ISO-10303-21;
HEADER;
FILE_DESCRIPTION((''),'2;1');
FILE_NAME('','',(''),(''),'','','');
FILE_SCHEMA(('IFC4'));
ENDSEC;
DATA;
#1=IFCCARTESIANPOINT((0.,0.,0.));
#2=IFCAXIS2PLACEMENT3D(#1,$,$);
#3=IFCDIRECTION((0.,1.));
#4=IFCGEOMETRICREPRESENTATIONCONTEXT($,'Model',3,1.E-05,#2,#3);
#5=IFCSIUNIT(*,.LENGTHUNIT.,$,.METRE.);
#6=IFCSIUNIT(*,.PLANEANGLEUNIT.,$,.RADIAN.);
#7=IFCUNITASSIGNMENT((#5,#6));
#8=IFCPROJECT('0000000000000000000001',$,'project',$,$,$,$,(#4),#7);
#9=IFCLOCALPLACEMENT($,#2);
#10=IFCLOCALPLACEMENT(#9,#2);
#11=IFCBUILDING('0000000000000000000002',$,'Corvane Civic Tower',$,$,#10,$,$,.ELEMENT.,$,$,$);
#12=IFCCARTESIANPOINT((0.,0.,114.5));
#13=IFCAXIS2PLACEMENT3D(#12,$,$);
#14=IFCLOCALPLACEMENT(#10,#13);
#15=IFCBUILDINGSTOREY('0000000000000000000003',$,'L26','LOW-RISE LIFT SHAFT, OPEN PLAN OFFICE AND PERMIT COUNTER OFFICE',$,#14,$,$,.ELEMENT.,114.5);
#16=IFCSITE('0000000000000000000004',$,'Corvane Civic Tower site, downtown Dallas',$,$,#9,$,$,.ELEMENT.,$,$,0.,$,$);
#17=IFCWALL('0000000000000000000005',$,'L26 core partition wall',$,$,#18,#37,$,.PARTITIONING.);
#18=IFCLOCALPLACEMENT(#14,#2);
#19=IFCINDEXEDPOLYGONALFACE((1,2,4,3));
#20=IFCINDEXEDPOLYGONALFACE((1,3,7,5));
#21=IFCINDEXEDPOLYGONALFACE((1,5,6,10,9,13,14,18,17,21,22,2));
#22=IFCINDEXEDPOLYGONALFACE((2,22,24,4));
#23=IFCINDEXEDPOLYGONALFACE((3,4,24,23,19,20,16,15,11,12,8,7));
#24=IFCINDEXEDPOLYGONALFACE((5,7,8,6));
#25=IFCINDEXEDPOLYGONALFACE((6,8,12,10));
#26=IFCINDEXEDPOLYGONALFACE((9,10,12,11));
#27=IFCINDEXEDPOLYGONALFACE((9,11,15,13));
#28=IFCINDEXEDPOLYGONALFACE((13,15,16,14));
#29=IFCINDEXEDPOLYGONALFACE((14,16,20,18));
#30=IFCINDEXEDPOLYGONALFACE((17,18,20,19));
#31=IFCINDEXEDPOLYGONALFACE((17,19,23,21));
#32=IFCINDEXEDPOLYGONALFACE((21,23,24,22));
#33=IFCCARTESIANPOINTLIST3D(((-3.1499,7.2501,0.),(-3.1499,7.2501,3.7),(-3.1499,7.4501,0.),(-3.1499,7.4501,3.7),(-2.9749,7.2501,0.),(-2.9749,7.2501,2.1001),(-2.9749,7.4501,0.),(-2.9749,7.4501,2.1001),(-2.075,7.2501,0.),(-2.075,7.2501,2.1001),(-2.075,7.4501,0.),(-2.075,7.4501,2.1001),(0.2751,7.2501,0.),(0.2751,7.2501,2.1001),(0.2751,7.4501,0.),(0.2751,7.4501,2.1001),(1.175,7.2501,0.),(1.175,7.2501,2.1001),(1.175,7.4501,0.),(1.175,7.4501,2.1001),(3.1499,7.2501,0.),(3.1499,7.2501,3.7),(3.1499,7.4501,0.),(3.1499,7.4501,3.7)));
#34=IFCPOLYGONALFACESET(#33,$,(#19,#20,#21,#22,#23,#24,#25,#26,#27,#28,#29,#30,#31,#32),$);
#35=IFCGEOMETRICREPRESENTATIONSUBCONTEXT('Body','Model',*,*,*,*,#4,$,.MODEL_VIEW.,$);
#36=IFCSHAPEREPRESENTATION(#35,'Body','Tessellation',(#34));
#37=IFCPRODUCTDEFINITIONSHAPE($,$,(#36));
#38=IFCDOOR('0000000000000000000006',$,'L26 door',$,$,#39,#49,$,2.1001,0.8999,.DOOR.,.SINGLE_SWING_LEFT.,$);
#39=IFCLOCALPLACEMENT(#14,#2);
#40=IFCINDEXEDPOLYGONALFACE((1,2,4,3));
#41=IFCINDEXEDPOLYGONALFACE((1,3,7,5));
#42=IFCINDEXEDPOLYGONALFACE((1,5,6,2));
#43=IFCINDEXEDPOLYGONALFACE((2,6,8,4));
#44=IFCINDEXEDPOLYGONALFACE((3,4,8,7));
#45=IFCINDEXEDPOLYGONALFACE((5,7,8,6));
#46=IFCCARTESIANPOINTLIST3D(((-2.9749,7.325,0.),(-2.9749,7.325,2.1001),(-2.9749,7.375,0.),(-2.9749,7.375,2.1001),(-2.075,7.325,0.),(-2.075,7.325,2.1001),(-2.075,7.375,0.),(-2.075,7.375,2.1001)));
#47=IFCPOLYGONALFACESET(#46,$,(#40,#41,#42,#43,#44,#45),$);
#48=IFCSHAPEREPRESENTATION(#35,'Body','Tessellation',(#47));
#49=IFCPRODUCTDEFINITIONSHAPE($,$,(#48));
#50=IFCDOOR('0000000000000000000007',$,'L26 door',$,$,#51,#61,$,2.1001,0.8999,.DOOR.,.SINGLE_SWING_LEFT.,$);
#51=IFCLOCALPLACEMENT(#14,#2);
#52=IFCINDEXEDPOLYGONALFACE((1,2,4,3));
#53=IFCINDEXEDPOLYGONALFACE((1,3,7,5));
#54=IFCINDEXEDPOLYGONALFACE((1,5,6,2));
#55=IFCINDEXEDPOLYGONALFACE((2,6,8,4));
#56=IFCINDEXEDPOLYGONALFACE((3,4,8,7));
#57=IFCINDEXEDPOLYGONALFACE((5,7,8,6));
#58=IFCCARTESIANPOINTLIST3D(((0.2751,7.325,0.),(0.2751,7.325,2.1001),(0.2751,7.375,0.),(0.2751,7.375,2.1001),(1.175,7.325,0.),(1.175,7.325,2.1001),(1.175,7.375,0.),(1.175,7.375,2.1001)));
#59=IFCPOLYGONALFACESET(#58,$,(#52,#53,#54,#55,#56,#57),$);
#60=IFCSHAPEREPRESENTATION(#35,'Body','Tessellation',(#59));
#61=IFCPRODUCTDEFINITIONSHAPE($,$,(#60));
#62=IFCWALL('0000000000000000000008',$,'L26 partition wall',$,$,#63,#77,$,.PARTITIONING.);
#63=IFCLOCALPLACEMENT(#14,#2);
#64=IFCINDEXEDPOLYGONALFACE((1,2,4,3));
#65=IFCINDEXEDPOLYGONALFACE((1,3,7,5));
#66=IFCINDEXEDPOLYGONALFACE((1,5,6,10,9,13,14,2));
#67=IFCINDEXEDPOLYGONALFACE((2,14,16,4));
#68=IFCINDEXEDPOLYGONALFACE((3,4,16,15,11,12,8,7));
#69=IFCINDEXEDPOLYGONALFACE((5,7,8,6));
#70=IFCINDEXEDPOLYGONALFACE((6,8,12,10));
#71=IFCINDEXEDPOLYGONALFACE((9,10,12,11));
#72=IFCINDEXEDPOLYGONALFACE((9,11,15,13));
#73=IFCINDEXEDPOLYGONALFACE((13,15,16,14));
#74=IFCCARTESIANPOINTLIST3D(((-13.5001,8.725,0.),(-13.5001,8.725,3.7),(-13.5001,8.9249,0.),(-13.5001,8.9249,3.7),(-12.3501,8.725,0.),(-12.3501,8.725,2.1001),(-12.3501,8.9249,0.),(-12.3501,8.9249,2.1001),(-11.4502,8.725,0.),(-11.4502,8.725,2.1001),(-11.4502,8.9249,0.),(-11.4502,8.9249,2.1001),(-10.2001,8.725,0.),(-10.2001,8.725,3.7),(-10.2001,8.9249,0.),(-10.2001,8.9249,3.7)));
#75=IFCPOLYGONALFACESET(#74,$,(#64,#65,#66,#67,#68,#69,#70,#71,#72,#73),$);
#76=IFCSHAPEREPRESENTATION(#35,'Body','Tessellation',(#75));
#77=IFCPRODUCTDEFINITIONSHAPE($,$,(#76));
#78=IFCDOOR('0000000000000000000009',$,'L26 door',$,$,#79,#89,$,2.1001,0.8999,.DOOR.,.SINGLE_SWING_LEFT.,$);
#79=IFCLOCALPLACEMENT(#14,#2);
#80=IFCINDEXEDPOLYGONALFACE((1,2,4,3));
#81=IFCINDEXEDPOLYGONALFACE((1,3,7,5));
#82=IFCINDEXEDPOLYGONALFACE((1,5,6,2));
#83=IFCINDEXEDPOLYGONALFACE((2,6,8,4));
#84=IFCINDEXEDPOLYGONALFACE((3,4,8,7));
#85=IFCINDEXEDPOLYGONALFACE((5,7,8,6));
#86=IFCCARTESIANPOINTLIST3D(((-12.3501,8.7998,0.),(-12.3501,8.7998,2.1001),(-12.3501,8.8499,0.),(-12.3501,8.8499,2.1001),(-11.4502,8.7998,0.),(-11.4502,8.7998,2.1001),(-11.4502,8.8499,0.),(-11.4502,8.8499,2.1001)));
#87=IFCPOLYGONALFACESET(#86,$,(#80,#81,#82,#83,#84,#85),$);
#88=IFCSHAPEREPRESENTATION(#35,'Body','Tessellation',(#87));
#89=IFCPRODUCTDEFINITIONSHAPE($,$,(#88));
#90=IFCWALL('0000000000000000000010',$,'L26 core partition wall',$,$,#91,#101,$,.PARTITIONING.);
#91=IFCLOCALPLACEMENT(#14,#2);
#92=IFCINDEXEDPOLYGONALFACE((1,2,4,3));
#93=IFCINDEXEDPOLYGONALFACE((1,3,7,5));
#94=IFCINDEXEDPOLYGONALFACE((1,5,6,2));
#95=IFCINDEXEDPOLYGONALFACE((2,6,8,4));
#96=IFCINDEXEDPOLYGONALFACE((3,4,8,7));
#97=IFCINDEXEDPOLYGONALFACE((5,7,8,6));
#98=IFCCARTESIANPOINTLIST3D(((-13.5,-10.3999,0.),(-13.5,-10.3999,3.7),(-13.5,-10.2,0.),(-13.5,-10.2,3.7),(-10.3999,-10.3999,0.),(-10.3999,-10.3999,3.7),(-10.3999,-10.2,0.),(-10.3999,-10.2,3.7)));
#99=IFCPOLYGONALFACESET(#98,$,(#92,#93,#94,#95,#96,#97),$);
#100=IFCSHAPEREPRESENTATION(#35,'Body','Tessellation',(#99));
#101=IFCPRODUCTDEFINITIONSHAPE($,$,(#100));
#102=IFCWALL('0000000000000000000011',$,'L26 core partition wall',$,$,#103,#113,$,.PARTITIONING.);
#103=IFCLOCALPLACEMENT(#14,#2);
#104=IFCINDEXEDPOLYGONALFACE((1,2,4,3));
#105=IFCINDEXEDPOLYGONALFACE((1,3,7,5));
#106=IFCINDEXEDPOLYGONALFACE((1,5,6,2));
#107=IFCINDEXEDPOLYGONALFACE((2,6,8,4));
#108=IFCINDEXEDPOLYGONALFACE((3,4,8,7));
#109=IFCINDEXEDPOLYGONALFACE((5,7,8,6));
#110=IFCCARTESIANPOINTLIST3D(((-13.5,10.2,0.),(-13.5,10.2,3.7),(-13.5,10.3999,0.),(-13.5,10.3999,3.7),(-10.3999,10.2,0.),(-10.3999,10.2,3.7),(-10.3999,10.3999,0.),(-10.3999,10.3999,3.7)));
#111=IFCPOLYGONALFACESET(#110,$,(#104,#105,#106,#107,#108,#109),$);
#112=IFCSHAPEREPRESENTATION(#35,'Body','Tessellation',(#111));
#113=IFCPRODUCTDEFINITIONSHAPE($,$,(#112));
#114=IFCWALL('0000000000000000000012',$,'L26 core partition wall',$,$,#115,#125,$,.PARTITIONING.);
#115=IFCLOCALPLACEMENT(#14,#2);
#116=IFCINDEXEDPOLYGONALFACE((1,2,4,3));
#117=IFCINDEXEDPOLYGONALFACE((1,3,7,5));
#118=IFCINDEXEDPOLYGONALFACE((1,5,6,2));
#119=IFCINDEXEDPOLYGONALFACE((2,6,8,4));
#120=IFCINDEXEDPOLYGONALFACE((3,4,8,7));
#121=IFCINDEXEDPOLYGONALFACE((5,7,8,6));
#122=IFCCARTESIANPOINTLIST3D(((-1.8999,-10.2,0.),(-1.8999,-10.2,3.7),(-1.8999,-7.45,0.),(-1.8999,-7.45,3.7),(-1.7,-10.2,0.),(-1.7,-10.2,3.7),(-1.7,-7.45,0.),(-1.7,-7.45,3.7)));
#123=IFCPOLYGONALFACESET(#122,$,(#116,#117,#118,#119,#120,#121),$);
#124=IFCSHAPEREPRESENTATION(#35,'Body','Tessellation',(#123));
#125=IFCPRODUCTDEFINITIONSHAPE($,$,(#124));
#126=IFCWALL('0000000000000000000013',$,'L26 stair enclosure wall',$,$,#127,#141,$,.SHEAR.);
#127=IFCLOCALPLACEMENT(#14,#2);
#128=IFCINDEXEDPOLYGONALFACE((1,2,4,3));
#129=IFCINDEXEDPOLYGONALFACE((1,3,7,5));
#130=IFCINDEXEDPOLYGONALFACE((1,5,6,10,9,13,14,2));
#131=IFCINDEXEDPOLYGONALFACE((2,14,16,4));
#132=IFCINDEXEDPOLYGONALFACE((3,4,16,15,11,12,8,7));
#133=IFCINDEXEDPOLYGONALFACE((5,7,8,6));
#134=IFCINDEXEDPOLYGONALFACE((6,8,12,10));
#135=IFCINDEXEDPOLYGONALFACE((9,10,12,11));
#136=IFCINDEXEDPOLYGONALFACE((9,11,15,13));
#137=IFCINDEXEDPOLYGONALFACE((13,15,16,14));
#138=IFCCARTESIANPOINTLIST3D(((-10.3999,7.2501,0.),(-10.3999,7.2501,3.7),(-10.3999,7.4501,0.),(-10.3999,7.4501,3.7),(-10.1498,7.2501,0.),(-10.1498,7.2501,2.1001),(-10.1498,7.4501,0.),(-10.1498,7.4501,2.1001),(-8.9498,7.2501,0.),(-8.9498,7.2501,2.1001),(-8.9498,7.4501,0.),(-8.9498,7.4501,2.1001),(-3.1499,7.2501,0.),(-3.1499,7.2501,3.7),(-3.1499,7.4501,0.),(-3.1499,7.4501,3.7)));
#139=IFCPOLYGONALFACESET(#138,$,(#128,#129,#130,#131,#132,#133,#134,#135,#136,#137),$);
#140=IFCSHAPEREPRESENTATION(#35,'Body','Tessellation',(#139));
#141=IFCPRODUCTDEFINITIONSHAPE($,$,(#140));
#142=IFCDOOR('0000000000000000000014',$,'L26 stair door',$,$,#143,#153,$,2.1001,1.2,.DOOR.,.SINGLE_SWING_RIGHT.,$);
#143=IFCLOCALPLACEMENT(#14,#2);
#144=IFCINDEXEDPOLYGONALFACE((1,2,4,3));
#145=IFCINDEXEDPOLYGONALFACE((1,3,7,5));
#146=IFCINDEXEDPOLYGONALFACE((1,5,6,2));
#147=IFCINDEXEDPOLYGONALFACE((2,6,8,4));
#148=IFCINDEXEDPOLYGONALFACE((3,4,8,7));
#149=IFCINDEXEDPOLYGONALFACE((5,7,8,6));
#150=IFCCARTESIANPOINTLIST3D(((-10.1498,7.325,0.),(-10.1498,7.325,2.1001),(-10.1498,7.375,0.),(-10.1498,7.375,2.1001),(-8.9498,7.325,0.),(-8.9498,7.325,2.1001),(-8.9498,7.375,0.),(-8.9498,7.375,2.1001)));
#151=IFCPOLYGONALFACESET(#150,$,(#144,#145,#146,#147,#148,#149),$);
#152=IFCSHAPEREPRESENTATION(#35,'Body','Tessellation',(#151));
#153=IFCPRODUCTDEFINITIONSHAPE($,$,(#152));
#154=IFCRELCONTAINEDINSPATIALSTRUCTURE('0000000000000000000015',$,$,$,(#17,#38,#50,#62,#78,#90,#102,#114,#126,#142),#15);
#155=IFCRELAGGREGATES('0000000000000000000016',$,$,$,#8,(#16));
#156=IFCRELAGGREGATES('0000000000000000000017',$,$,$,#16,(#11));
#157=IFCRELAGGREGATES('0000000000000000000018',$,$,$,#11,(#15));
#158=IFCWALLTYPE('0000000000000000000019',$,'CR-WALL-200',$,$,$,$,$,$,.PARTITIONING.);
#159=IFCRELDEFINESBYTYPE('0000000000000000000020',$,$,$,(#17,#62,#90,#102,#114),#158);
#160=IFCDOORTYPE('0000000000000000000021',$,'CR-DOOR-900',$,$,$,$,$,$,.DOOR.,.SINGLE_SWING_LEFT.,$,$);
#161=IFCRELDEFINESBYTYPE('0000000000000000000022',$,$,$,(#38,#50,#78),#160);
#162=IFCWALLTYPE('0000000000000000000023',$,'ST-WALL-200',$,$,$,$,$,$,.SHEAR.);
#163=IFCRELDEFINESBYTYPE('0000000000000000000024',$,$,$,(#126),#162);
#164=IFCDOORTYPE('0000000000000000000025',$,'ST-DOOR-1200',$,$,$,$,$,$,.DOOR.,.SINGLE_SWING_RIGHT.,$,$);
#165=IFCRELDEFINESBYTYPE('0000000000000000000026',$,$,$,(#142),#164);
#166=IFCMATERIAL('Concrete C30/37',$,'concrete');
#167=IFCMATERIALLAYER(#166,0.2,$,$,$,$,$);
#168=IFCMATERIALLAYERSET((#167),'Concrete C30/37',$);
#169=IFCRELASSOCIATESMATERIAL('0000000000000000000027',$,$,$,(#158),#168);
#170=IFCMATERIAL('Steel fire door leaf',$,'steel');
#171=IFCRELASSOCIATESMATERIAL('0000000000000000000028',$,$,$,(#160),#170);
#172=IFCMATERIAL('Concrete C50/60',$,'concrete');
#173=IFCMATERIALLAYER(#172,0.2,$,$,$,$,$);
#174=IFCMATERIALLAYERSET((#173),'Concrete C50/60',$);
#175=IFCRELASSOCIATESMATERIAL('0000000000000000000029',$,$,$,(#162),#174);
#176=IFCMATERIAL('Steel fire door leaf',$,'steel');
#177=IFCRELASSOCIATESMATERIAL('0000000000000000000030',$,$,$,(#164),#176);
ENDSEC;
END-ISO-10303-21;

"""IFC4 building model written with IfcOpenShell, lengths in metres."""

from ifc_helpers import new_model, si_unit, direction, frame, frame_2d, origin, place, context, subcontext, project, spatial, polyline, rectangle, outline, extrude, material, layer, layer_set, type_object, element, fill, save


model = new_model("IFC4")

# Units and contexts
model_context = context("Model", 3, precision=1e-05, world=origin(), true_north=direction((0.0, 1.0)))
body_context = subcontext(model_context, "Body", "Model", "MODEL_VIEW")
ifc_project = project(units=[si_unit("LENGTHUNIT", "METRE"), si_unit("PLANEANGLEUNIT", "RADIAN")], contexts=[model_context])

# Site, building, storey
site_placement = place(None, origin())
site = spatial("IfcSite", under=ifc_project, at=site_placement, Name="Corvane Civic Tower site, downtown Dallas", CompositionType="ELEMENT", RefElevation=0.0)
building_placement = place(site_placement, origin())
building = spatial("IfcBuilding", under=site, at=building_placement, Name="Corvane Civic Tower", CompositionType="ELEMENT")
storey_placement = place(building_placement, frame((0.0, 0.0, 114.5)))
storey = spatial("IfcBuildingStorey", under=building, at=storey_placement, Name="L26", Description="LOW-RISE LIFT SHAFT, OPEN PLAN OFFICE AND PERMIT COUNTER OFFICE", CompositionType="ELEMENT", Elevation=114.5)

# Shared definitions
ifc_material_1 = material(Name="Concrete C30/37", Category="concrete")
ifc_layer_1 = layer(ifc_material_1, 0.2)
ifc_layer_set_1 = layer_set([ifc_layer_1], Name="Concrete C30/37")
wall_type_1 = type_object("IfcWallType", Name="CR-WALL-200", PredefinedType="PARTITIONING", material=ifc_layer_set_1)

# Shared definitions
ifc_material_2 = material(Name="Steel fire door leaf", Category="steel")
door_type_1 = type_object("IfcDoorType", Name="CR-DOOR-900", OperationType="SINGLE_SWING_LEFT", PredefinedType="DOOR", material=ifc_material_2)

# Wall, openings, doors
wall_1_placement = place(storey_placement, frame((-3.1499, 7.3501, 0.0), z_axis=(0.0, 0.0, 1.0), x_axis=(1.0, 0.0, 0.0)))
wall_1 = element("IfcWall", 1, at=wall_1_placement, inside=storey, type_object=wall_type_1, Name="L26 core partition wall", PredefinedType="PARTITIONING", context=body_context, shape_type="SweptSolid", body=[
    extrude(rectangle(XDim=6.2998, YDim=0.2, at=frame_2d((3.1499, 0.0))), origin(), (0.0, 0.0, 1.0), 3.7),
])
opening_1_placement = place(wall_1_placement, frame((0.175, 0.0, 0.0)))
opening_1 = element("IfcOpeningElement", 2, at=opening_1_placement, cuts=wall_1, PredefinedType="OPENING", context=body_context, shape_type="SweptSolid", body=[
    extrude(rectangle(XDim=0.8999, YDim=2.1001, at=frame_2d((0.45, 1.05))), frame((0.0, 0.1099, 0.0), z_axis=(0.0, -1.0, 0.0), x_axis=(1.0, 0.0, 0.0)), (0.0, 0.0, 1.0), 0.22),
])
opening_2_placement = place(wall_1_placement, frame((3.425, 0.0, 0.0)))
opening_2 = element("IfcOpeningElement", 3, at=opening_2_placement, cuts=wall_1, PredefinedType="OPENING", context=body_context, shape_type="SweptSolid", body=[
    extrude(rectangle(XDim=0.8999, YDim=2.1001, at=frame_2d((0.45, 1.05))), frame((0.0, 0.1099, 0.0), z_axis=(0.0, -1.0, 0.0), x_axis=(1.0, 0.0, 0.0)), (0.0, 0.0, 1.0), 0.22),
])
door_1_placement = place(opening_1_placement, origin())
door_1 = element("IfcDoor", 4, at=door_1_placement, inside=storey, type_object=door_type_1, Name="L26 door", OperationType="SINGLE_SWING_LEFT", OverallHeight=2.1001, OverallWidth=0.8999, PredefinedType="DOOR", context=body_context, shape_type="SweptSolid", body=[
    extrude(rectangle(XDim=0.8999, YDim=2.1001, at=frame_2d((0.45, 1.05))), frame((0.0, 0.0249, 0.0), z_axis=(0.0, -1.0, 0.0), x_axis=(1.0, 0.0, 0.0)), (0.0, 0.0, 1.0), 0.05),
])
fill(opening_1, door_1)
door_2_placement = place(opening_2_placement, origin())
door_2 = element("IfcDoor", 5, at=door_2_placement, inside=storey, type_object=door_type_1, Name="L26 door", OperationType="SINGLE_SWING_LEFT", OverallHeight=2.1001, OverallWidth=0.8999, PredefinedType="DOOR", context=body_context, shape_type="SweptSolid", body=[
    extrude(rectangle(XDim=0.8999, YDim=2.1001, at=frame_2d((0.45, 1.05))), frame((0.0, 0.0249, 0.0), z_axis=(0.0, -1.0, 0.0), x_axis=(1.0, 0.0, 0.0)), (0.0, 0.0, 1.0), 0.05),
])
fill(opening_2, door_2)

# Wall, opening, door
wall_2_placement = place(storey_placement, frame((-13.5, 8.825, 0.0), z_axis=(0.0, 0.0, 1.0), x_axis=(1.0, 0.0, 0.0)))
wall_2 = element("IfcWall", 6, at=wall_2_placement, inside=storey, type_object=wall_type_1, Name="L26 partition wall", PredefinedType="PARTITIONING", context=body_context, shape_type="SweptSolid", body=[
    extrude(rectangle(XDim=3.3, YDim=0.2, at=frame_2d((1.6499, 0.0))), origin(), (0.0, 0.0, 1.0), 3.7),
])
opening_3_placement = place(wall_2_placement, frame((1.1499, 0.0, 0.0)))
opening_3 = element("IfcOpeningElement", 7, at=opening_3_placement, cuts=wall_2, PredefinedType="OPENING", context=body_context, shape_type="SweptSolid", body=[
    extrude(rectangle(XDim=0.8999, YDim=2.1001, at=frame_2d((0.45, 1.05))), frame((0.0, 0.1099, 0.0), z_axis=(0.0, -1.0, 0.0), x_axis=(1.0, 0.0, 0.0)), (0.0, 0.0, 1.0), 0.22),
])
door_3_placement = place(opening_3_placement, origin())
door_3 = element("IfcDoor", 8, at=door_3_placement, inside=storey, type_object=door_type_1, Name="L26 door", OperationType="SINGLE_SWING_LEFT", OverallHeight=2.1001, OverallWidth=0.8999, PredefinedType="DOOR", context=body_context, shape_type="SweptSolid", body=[
    extrude(rectangle(XDim=0.8999, YDim=2.1001, at=frame_2d((0.45, 1.05))), frame((0.0, 0.0249, 0.0), z_axis=(0.0, -1.0, 0.0), x_axis=(1.0, 0.0, 0.0)), (0.0, 0.0, 1.0), 0.05),
])
fill(opening_3, door_3)

# Walls
wall_3_placement = place(storey_placement, origin())
element("IfcWall", 9, at=wall_3_placement, inside=storey, type_object=wall_type_1, Name="L26 core partition wall", PredefinedType="PARTITIONING", context=body_context, shape_type="SweptSolid", body=[
    extrude(outline(polyline([(-10.3999, -10.3999), (-13.5, -10.3999), (-13.5, -10.2), (-10.3999, -10.2), (-10.3999, -10.3999)])), origin(), (0.0, 0.0, 1.0), 3.7),
])
wall_4_placement = place(storey_placement, origin())
element("IfcWall", 10, at=wall_4_placement, inside=storey, type_object=wall_type_1, Name="L26 core partition wall", PredefinedType="PARTITIONING", context=body_context, shape_type="SweptSolid", body=[
    extrude(outline(polyline([(-13.5, 10.2), (-13.5, 10.3999), (-10.3999, 10.3999), (-10.3999, 10.2), (-13.5, 10.2)])), origin(), (0.0, 0.0, 1.0), 3.7),
])
wall_5_placement = place(storey_placement, origin())
element("IfcWall", 11, at=wall_5_placement, inside=storey, type_object=wall_type_1, Name="L26 core partition wall", PredefinedType="PARTITIONING", context=body_context, shape_type="SweptSolid", body=[
    extrude(outline(polyline([(-1.7, -7.45), (-1.7, -10.2), (-1.8999, -10.2), (-1.8999, -7.45), (-1.7, -7.45)])), origin(), (0.0, 0.0, 1.0), 3.7),
])

# Wall, opening, door
ifc_material_3 = material(Name="Concrete C50/60", Category="concrete")
ifc_layer_2 = layer(ifc_material_3, 0.2)
ifc_layer_set_2 = layer_set([ifc_layer_2], Name="Concrete C50/60")
wall_type_2 = type_object("IfcWallType", Name="ST-WALL-200", PredefinedType="SHEAR", material=ifc_layer_set_2)
wall_6_placement = place(storey_placement, frame((-10.3999, 7.3501, 0.0), z_axis=(0.0, 0.0, 1.0), x_axis=(1.0, 0.0, 0.0)))
wall_6 = element("IfcWall", 12, at=wall_6_placement, inside=storey, type_object=wall_type_2, Name="L26 stair enclosure wall", PredefinedType="SHEAR", context=body_context, shape_type="SweptSolid", body=[
    extrude(rectangle(XDim=7.25, YDim=0.2, at=frame_2d((3.625, 0.0))), origin(), (0.0, 0.0, 1.0), 3.7),
])
opening_4_placement = place(wall_6_placement, frame((0.25, 0.0, 0.0)))
opening_4 = element("IfcOpeningElement", 13, at=opening_4_placement, cuts=wall_6, PredefinedType="OPENING", context=body_context, shape_type="SweptSolid", body=[
    extrude(rectangle(XDim=1.2, YDim=2.1001, at=frame_2d((0.6001, 1.05))), frame((0.0, 0.1099, 0.0), z_axis=(0.0, -1.0, 0.0), x_axis=(1.0, 0.0, 0.0)), (0.0, 0.0, 1.0), 0.22),
])
ifc_material_4 = material(Name="Steel fire door leaf", Category="steel")
door_type_2 = type_object("IfcDoorType", Name="ST-DOOR-1200", OperationType="SINGLE_SWING_RIGHT", PredefinedType="DOOR", material=ifc_material_4)
door_4_placement = place(opening_4_placement, origin())
door_4 = element("IfcDoor", 14, at=door_4_placement, inside=storey, type_object=door_type_2, Name="L26 stair door", OperationType="SINGLE_SWING_RIGHT", OverallHeight=2.1001, OverallWidth=1.2, PredefinedType="DOOR", context=body_context, shape_type="SweptSolid", body=[
    extrude(rectangle(XDim=1.2, YDim=2.1001, at=frame_2d((0.6001, 1.05))), frame((0.0, 0.0249, 0.0), z_axis=(0.0, -1.0, 0.0), x_axis=(1.0, 0.0, 0.0)), (0.0, 0.0, 1.0), 0.05),
])
fill(opening_4, door_4)

save(model, "model.ifc")
